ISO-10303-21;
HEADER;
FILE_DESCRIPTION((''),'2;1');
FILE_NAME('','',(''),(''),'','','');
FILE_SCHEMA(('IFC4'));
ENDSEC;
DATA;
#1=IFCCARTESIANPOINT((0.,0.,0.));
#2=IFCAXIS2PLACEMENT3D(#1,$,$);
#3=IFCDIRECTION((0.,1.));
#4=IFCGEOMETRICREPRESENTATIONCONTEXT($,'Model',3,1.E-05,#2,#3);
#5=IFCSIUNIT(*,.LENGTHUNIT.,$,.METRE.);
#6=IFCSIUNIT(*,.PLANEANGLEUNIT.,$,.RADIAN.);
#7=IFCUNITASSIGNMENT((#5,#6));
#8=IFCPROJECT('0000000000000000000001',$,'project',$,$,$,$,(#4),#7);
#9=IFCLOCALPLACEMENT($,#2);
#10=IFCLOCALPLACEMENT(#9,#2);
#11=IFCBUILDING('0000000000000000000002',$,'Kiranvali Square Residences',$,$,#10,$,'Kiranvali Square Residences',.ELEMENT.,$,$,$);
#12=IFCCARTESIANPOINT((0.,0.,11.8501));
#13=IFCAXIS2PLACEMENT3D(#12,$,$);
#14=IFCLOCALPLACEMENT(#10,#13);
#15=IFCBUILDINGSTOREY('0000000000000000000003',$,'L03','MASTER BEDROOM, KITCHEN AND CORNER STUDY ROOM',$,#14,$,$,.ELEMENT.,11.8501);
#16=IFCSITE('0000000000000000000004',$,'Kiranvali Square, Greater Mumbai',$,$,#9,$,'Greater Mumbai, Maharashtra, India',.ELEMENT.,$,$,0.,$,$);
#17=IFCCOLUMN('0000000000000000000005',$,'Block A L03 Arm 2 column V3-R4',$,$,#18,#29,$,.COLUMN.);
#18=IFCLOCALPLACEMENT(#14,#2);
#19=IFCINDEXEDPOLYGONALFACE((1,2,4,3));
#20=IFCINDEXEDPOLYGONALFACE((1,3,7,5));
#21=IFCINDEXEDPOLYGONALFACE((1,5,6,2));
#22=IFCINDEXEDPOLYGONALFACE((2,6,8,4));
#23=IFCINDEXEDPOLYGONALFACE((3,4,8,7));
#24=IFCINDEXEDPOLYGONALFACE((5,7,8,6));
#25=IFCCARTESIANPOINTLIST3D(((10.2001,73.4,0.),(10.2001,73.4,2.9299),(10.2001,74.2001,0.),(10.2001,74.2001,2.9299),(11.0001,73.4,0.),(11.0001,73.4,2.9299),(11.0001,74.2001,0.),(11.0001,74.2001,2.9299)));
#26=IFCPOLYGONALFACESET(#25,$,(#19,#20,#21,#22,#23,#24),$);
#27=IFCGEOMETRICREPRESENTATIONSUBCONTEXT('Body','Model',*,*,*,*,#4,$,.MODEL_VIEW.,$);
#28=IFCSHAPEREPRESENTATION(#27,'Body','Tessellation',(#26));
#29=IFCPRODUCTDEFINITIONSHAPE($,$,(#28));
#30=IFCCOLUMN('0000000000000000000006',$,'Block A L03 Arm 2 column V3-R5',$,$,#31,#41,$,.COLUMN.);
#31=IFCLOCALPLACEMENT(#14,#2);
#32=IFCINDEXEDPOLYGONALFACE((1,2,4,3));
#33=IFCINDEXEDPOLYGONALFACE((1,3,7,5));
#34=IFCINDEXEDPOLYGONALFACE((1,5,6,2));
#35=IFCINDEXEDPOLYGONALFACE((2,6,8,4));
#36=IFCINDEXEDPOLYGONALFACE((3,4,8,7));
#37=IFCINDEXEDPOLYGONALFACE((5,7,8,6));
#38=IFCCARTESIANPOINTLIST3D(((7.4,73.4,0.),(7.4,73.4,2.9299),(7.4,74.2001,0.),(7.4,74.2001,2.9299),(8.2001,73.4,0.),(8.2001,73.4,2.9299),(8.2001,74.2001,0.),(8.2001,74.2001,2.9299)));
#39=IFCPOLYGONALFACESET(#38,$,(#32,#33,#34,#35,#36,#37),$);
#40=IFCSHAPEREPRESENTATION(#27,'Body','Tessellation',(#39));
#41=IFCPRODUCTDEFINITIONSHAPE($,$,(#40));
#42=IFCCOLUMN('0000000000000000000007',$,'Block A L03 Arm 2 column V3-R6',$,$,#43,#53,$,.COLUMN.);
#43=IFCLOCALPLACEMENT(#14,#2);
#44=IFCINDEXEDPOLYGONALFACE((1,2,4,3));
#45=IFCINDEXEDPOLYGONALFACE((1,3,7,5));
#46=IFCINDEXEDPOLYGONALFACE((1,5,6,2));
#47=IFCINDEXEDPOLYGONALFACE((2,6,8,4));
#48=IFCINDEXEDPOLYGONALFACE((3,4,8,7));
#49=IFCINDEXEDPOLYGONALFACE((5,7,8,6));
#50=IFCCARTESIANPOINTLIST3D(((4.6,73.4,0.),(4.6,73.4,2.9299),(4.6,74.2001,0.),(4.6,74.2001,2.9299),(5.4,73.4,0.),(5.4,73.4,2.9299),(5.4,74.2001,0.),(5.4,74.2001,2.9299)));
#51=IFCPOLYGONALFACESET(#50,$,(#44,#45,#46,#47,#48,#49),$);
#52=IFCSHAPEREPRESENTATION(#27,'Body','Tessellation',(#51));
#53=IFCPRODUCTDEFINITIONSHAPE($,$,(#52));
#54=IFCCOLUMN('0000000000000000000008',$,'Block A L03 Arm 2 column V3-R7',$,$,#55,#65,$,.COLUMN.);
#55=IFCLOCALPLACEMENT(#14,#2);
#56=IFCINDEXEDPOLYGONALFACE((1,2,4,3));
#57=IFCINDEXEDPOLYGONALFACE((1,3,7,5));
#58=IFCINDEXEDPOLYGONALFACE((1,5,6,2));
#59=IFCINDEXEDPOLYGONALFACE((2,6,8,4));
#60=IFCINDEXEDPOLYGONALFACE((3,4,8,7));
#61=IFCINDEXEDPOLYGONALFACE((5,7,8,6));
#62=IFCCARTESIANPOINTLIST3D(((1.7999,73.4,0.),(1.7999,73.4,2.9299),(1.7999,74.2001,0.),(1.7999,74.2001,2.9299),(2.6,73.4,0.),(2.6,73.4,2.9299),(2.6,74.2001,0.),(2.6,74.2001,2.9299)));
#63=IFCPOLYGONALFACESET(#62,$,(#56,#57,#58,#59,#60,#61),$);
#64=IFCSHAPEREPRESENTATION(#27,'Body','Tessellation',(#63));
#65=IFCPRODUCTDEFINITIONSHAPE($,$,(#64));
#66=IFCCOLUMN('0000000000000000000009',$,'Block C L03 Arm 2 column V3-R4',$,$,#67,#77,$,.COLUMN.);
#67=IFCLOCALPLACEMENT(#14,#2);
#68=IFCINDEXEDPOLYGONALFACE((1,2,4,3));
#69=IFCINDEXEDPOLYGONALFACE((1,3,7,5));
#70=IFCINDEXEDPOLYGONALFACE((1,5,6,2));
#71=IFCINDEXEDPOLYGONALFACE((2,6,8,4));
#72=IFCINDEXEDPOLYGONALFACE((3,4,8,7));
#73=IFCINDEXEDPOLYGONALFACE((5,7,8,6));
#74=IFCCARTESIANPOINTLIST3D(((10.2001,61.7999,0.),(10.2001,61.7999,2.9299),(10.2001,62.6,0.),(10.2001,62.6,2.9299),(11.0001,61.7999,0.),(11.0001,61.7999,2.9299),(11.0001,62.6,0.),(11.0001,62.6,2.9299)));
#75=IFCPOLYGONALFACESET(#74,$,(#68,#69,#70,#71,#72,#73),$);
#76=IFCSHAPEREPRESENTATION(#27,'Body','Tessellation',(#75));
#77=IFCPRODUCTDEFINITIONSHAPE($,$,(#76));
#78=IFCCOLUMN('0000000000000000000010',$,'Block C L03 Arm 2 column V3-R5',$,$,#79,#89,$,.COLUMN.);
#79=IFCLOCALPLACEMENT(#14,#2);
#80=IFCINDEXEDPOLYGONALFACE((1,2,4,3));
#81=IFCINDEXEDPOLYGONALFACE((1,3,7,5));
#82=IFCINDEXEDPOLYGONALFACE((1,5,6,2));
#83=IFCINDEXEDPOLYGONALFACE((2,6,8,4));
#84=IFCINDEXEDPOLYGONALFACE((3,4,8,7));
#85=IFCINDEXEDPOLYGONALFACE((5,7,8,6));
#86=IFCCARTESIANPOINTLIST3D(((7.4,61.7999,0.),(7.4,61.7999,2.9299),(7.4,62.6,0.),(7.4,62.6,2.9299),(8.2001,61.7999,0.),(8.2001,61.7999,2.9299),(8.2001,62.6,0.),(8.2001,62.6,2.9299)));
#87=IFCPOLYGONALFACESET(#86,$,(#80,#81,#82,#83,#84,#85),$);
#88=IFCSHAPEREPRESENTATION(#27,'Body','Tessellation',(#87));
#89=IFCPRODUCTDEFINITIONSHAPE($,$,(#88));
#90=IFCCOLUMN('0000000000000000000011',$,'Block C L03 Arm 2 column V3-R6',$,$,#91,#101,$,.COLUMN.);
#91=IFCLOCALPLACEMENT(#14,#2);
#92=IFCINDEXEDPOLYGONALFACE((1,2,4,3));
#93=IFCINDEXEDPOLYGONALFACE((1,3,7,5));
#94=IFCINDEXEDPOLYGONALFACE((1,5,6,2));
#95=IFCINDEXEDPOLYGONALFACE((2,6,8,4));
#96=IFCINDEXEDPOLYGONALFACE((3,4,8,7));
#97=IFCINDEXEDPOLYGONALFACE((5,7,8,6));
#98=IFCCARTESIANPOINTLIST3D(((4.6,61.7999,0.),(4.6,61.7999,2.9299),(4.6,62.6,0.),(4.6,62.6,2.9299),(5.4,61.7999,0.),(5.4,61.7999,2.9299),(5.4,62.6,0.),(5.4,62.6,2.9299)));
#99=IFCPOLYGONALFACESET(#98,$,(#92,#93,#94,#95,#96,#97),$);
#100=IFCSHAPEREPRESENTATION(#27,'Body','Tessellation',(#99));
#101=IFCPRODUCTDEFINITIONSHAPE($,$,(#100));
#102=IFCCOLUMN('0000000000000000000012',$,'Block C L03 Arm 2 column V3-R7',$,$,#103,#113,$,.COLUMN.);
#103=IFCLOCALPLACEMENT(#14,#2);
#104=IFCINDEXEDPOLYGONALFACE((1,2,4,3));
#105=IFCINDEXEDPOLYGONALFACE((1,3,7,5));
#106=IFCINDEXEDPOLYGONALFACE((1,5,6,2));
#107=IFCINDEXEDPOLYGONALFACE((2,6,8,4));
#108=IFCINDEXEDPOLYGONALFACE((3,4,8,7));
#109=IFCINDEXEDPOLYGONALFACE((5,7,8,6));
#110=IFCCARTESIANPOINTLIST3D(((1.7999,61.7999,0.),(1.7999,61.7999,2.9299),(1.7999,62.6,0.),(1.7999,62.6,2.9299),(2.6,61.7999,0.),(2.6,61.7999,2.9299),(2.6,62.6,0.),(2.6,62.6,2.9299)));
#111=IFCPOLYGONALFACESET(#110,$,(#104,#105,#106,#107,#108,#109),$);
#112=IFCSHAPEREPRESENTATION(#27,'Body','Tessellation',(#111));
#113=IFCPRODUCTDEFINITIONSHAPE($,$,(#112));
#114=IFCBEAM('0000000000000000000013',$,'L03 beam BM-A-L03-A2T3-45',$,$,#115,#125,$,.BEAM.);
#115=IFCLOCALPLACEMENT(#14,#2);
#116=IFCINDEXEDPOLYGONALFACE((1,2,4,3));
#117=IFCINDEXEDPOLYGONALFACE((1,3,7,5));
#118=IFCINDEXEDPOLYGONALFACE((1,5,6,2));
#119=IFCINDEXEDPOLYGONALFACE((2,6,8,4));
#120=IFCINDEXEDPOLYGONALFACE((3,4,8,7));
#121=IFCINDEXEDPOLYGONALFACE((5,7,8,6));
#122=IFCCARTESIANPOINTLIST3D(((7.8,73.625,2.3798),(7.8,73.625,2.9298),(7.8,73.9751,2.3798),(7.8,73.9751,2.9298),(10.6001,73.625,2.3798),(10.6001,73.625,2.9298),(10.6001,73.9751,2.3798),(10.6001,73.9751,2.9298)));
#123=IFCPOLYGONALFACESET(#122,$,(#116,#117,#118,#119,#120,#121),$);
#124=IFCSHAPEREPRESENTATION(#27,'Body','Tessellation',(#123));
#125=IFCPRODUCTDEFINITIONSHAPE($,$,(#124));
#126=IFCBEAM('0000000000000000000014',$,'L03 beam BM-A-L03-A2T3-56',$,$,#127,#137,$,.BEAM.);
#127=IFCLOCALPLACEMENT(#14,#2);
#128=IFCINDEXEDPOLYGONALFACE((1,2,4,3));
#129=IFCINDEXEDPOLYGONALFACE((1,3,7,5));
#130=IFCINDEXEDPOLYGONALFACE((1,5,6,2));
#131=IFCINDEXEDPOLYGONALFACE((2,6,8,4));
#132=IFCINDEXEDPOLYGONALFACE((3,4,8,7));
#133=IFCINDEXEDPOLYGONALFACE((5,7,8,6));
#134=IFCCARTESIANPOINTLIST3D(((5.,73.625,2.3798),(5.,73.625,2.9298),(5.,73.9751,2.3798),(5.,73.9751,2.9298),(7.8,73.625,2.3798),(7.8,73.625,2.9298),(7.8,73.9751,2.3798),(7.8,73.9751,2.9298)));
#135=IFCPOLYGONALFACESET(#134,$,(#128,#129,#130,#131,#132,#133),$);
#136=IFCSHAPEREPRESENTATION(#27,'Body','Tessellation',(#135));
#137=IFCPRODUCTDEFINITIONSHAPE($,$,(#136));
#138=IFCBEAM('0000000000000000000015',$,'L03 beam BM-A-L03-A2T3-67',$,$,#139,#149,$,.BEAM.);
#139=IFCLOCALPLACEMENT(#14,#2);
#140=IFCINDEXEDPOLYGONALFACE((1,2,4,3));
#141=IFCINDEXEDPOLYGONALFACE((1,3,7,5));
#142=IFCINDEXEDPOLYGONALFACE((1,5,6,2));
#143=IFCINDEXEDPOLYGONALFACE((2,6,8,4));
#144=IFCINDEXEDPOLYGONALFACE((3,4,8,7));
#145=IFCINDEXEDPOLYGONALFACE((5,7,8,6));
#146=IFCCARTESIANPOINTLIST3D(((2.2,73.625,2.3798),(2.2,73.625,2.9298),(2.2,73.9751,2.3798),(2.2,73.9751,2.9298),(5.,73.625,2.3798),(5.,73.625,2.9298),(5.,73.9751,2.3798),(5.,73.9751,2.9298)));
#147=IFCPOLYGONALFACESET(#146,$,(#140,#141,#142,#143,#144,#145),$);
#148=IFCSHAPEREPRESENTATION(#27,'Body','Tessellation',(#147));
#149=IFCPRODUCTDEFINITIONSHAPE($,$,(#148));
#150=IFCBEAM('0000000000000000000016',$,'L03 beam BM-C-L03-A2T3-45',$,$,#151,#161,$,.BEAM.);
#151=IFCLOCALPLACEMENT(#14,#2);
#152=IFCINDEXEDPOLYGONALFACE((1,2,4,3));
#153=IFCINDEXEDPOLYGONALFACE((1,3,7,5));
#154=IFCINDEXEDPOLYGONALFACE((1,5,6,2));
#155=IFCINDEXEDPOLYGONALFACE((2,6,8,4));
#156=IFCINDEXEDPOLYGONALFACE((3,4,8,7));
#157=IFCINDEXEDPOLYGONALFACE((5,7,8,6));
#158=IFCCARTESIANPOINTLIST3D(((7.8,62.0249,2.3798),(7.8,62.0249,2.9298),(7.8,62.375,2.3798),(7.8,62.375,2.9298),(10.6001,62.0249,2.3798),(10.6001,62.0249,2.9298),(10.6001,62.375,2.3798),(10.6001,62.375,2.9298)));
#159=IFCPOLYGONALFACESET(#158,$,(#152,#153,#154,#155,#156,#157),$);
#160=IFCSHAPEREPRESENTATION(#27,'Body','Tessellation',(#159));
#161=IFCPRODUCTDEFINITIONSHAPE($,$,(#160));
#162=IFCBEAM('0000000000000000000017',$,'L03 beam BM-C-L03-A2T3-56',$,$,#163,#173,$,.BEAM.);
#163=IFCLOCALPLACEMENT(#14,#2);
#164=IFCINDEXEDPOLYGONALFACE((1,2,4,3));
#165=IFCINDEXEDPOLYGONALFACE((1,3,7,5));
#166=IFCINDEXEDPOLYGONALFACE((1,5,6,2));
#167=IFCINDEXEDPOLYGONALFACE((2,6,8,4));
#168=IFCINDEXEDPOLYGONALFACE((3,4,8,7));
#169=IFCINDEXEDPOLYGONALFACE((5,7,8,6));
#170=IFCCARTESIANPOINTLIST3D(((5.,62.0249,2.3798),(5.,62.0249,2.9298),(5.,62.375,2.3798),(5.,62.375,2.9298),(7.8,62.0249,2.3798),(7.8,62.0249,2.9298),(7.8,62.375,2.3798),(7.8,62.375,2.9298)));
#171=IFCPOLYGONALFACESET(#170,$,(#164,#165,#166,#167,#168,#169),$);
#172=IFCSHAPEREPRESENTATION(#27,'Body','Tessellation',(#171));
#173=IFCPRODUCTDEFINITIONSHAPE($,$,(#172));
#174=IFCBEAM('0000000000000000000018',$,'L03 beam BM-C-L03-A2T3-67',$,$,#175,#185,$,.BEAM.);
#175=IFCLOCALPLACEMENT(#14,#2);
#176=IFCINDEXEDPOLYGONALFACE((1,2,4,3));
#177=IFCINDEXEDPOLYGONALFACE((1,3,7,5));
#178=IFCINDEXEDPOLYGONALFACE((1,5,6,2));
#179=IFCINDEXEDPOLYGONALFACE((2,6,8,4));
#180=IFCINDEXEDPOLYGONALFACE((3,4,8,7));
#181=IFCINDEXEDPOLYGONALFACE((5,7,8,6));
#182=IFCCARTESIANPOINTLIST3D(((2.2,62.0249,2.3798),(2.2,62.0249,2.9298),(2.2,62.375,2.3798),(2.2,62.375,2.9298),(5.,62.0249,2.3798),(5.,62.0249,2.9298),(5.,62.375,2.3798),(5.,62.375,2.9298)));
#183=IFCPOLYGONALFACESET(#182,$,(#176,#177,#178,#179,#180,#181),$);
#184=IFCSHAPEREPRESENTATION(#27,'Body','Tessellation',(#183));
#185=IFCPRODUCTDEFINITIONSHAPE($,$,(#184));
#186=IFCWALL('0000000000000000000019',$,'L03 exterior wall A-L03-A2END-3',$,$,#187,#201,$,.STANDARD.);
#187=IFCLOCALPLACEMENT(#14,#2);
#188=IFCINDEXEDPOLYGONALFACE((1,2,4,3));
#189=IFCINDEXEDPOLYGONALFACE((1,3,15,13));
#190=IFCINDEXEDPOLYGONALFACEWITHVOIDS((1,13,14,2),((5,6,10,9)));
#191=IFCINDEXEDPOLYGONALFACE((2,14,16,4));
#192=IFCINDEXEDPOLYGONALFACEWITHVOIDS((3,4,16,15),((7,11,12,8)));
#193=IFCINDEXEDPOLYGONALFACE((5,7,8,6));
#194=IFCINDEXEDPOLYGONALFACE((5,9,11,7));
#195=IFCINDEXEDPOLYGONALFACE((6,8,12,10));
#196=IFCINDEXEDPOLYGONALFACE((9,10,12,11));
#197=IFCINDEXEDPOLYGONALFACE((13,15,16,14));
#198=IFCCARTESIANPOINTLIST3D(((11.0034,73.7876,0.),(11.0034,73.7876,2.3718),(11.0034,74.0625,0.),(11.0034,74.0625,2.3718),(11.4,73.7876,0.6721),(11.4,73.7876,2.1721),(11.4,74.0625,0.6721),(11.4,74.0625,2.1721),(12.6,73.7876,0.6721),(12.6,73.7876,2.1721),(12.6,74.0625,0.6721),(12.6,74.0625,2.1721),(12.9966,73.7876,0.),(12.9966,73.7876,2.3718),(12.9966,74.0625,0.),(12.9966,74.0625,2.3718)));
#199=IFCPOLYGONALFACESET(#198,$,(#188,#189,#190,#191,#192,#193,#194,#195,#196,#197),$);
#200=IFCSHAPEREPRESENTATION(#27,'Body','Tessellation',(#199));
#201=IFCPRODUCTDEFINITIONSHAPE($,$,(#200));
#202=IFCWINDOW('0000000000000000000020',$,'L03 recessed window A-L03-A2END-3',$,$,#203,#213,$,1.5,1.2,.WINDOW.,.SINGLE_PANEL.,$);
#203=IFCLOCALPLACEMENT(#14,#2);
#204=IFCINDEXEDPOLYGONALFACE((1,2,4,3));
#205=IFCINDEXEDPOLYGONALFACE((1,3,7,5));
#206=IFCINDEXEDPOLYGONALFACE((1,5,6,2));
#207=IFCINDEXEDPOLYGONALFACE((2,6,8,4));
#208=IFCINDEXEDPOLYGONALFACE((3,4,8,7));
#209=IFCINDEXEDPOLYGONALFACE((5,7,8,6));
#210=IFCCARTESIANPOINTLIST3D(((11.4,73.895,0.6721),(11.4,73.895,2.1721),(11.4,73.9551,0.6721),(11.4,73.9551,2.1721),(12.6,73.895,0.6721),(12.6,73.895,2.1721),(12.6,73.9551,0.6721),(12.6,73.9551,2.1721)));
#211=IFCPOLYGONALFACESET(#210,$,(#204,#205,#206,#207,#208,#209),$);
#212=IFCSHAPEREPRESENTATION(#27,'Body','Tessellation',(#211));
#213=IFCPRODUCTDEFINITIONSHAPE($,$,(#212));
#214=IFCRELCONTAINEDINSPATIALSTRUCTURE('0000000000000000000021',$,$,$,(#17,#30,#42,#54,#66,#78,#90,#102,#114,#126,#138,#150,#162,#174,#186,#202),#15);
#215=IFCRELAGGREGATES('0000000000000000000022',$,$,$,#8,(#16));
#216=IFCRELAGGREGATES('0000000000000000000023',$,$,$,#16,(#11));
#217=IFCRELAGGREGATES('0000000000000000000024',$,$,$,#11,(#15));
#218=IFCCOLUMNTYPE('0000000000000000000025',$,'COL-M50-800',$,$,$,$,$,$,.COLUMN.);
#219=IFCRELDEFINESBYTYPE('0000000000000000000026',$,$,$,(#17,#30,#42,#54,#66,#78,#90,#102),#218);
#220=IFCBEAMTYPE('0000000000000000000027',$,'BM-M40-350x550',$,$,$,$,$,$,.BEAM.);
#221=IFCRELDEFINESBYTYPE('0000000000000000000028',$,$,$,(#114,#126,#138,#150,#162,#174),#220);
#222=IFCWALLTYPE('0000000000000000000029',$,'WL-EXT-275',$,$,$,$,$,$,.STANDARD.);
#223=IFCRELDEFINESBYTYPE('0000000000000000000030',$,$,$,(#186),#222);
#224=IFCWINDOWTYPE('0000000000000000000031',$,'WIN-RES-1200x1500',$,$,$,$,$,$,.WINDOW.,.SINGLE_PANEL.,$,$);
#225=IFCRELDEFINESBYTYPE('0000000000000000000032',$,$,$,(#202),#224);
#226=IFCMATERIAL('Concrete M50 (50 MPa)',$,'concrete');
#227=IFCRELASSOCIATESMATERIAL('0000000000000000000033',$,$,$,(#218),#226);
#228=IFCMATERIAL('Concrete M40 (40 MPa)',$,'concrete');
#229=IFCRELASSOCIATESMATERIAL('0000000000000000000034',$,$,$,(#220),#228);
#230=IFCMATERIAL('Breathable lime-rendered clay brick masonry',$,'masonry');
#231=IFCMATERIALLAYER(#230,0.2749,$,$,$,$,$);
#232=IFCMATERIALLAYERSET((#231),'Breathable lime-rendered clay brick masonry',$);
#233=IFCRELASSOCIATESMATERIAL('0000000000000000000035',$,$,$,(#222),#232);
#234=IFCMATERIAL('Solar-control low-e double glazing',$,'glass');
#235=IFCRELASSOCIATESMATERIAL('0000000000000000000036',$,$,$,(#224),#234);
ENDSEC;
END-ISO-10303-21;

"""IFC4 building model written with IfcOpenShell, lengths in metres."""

from ifc_helpers import new_model, si_unit, direction, frame, frame_2d, origin, origin_2d, place, context, subcontext, project, spatial, rectangle, extrude, material, layer, layer_set, material_profile, profile_set, type_object, element, fill, save


model = new_model("IFC4")

# Units and contexts
model_context = context("Model", 3, precision=1e-05, world=origin(), true_north=direction((0.0, 1.0)))
body_context = subcontext(model_context, "Body", "Model", "MODEL_VIEW")
ifc_project = project(units=[si_unit("LENGTHUNIT", "METRE"), si_unit("PLANEANGLEUNIT", "RADIAN")], contexts=[model_context])

# Site, building, storey
site_placement = place(None, origin())
site = spatial("IfcSite", under=ifc_project, at=site_placement, Name="Kiranvali Square, Greater Mumbai", LongName="Greater Mumbai, Maharashtra, India", CompositionType="ELEMENT", RefElevation=0.0)
building_placement = place(site_placement, origin())
building = spatial("IfcBuilding", under=site, at=building_placement, Name="Kiranvali Square Residences", LongName="Kiranvali Square Residences", CompositionType="ELEMENT")
storey_placement = place(building_placement, frame((0.0, 0.0, 11.8501)))
storey = spatial("IfcBuildingStorey", under=building, at=storey_placement, Name="L03", Description="MASTER BEDROOM, KITCHEN AND CORNER STUDY ROOM", CompositionType="ELEMENT", Elevation=11.8501)

# Columns
ifc_material_1 = material(Name="Concrete M50 (50 MPa)", Category="concrete")
ifc_material_profile_1 = material_profile(ifc_material_1, rectangle(XDim=0.8, YDim=0.8, at=origin_2d()), Name="RC 800x800")
ifc_profile_set_1 = profile_set([ifc_material_profile_1], Name="Concrete M50 (50 MPa)")
column_type = type_object("IfcColumnType", Name="COL-M50-800", PredefinedType="COLUMN", material=ifc_profile_set_1)
for number, where, z_axis, x_axis, name in (
    (1, (10.6001, 73.8, 0.0), (0.0, 0.0, 1.0), (1.0, 0.0, 0.0), "Block A L03 Arm 2 column V3-R4"),
    (2, (7.8, 73.8, 0.0), (0.0, 0.0, 1.0), (1.0, 0.0, 0.0), "Block A L03 Arm 2 column V3-R5"),
    (3, (5.0, 73.8, 0.0), (0.0, 0.0, 1.0), (1.0, 0.0, 0.0), "Block A L03 Arm 2 column V3-R6"),
    (4, (2.2, 73.8, 0.0), (0.0, 0.0, 1.0), (1.0, 0.0, 0.0), "Block A L03 Arm 2 column V3-R7"),
    (5, (10.6001, 62.2, 0.0), (0.0, 0.0, 1.0), (1.0, 0.0, 0.0), "Block C L03 Arm 2 column V3-R4"),
    (6, (7.8, 62.2, 0.0), (0.0, 0.0, 1.0), (1.0, 0.0, 0.0), "Block C L03 Arm 2 column V3-R5"),
    (7, (5.0, 62.2, 0.0), (0.0, 0.0, 1.0), (1.0, 0.0, 0.0), "Block C L03 Arm 2 column V3-R6"),
    (8, (2.2, 62.2, 0.0), (0.0, 0.0, 1.0), (1.0, 0.0, 0.0), "Block C L03 Arm 2 column V3-R7"),
):
    element("IfcColumn", number, at=place(storey_placement, frame(where, z_axis=z_axis, x_axis=x_axis)), inside=storey, type_object=column_type, Name=name, PredefinedType="COLUMN", context=body_context, shape_type="SweptSolid", body=[
        extrude(rectangle(XDim=0.8, YDim=0.8, at=origin_2d()), origin(), (0.0, 0.0, 1.0), 2.9299),
    ])

# Beams
ifc_material_2 = material(Name="Concrete M40 (40 MPa)", Category="concrete")
ifc_material_profile_2 = material_profile(ifc_material_2, rectangle(XDim=0.3501, YDim=0.55, at=origin_2d()), Name="RC 350x550")
ifc_profile_set_2 = profile_set([ifc_material_profile_2], Name="Concrete M40 (40 MPa)")
beam_type = type_object("IfcBeamType", Name="BM-M40-350x550", PredefinedType="BEAM", material=ifc_profile_set_2)
for number, where, z_axis, x_axis, name in (
    (9, (10.6001, 73.8, 2.6548), (-1.0, 0.0, 0.0), (0.0, -1.0, 0.0), "L03 beam BM-A-L03-A2T3-45"),
    (10, (7.8, 73.8, 2.6548), (-1.0, 0.0, 0.0), (0.0, -1.0, 0.0), "L03 beam BM-A-L03-A2T3-56"),
    (11, (5.0, 73.8, 2.6548), (-1.0, 0.0, 0.0), (0.0, -1.0, 0.0), "L03 beam BM-A-L03-A2T3-67"),
    (12, (10.6001, 62.2, 2.6548), (-1.0, 0.0, 0.0), (0.0, -1.0, 0.0), "L03 beam BM-C-L03-A2T3-45"),
    (13, (7.8, 62.2, 2.6548), (-1.0, 0.0, 0.0), (0.0, -1.0, 0.0), "L03 beam BM-C-L03-A2T3-56"),
    (14, (5.0, 62.2, 2.6548), (-1.0, 0.0, 0.0), (0.0, -1.0, 0.0), "L03 beam BM-C-L03-A2T3-67"),
):
    element("IfcBeam", number, at=place(storey_placement, frame(where, z_axis=z_axis, x_axis=x_axis)), inside=storey, type_object=beam_type, Name=name, PredefinedType="BEAM", context=body_context, shape_type="SweptSolid", body=[
        extrude(rectangle(XDim=0.3501, YDim=0.55, at=origin_2d()), origin(), (0.0, 0.0, 1.0), 2.8),
    ])

# Wall, opening, window
ifc_material_3 = material(Name="Breathable lime-rendered clay brick masonry", Category="masonry")
ifc_layer = layer(ifc_material_3, 0.2749)
ifc_layer_set = layer_set([ifc_layer], Name="Breathable lime-rendered clay brick masonry")
wall_type = type_object("IfcWallType", Name="WL-EXT-275", PredefinedType="STANDARD", material=ifc_layer_set)
wall_1_placement = place(storey_placement, frame((12.9966, 73.925, 0.0), z_axis=(0.0, 0.0, 1.0), x_axis=(-1.0, 0.0, 0.0)))
wall_1 = element("IfcWall", 15, at=wall_1_placement, inside=storey, type_object=wall_type, Name="L03 exterior wall A-L03-A2END-3", PredefinedType="STANDARD", context=body_context, shape_type="SweptSolid", body=[
    extrude(rectangle(XDim=1.9932, YDim=0.2749, at=frame_2d((0.9966, 0.0))), origin(), (0.0, 0.0, 1.0), 2.3718),
])
opening_1_placement = place(wall_1_placement, frame((0.3965, 0.0, 0.6721)))
opening_1 = element("IfcOpeningElement", 16, at=opening_1_placement, cuts=wall_1, PredefinedType="OPENING", context=body_context, shape_type="SweptSolid", body=[
    extrude(rectangle(XDim=1.2, YDim=1.5, at=frame_2d((0.6001, 0.75))), frame((0.0, 0.1475, 0.0), z_axis=(0.0, -1.0, 0.0), x_axis=(1.0, 0.0, 0.0)), (0.0, 0.0, 1.0), 0.2949),
])
ifc_material_4 = material(Name="Solar-control low-e double glazing", Category="glass")
window_type = type_object("IfcWindowType", Name="WIN-RES-1200x1500", PartitioningType="SINGLE_PANEL", PredefinedType="WINDOW", material=ifc_material_4)
window_1_placement = place(opening_1_placement, origin())
window_1 = element("IfcWindow", 17, at=window_1_placement, inside=storey, type_object=window_type, Name="L03 recessed window A-L03-A2END-3", OverallHeight=1.5, OverallWidth=1.2, PartitioningType="SINGLE_PANEL", PredefinedType="WINDOW", context=body_context, shape_type="SweptSolid", body=[
    extrude(rectangle(XDim=1.2, YDim=1.5, at=frame_2d((0.6001, 0.75))), frame((0.0, 0.03, 0.0), z_axis=(0.0, -1.0, 0.0), x_axis=(1.0, 0.0, 0.0)), (0.0, 0.0, 1.0), 0.0601),
])
fill(opening_1, window_1)

save(model, "model.ifc")
